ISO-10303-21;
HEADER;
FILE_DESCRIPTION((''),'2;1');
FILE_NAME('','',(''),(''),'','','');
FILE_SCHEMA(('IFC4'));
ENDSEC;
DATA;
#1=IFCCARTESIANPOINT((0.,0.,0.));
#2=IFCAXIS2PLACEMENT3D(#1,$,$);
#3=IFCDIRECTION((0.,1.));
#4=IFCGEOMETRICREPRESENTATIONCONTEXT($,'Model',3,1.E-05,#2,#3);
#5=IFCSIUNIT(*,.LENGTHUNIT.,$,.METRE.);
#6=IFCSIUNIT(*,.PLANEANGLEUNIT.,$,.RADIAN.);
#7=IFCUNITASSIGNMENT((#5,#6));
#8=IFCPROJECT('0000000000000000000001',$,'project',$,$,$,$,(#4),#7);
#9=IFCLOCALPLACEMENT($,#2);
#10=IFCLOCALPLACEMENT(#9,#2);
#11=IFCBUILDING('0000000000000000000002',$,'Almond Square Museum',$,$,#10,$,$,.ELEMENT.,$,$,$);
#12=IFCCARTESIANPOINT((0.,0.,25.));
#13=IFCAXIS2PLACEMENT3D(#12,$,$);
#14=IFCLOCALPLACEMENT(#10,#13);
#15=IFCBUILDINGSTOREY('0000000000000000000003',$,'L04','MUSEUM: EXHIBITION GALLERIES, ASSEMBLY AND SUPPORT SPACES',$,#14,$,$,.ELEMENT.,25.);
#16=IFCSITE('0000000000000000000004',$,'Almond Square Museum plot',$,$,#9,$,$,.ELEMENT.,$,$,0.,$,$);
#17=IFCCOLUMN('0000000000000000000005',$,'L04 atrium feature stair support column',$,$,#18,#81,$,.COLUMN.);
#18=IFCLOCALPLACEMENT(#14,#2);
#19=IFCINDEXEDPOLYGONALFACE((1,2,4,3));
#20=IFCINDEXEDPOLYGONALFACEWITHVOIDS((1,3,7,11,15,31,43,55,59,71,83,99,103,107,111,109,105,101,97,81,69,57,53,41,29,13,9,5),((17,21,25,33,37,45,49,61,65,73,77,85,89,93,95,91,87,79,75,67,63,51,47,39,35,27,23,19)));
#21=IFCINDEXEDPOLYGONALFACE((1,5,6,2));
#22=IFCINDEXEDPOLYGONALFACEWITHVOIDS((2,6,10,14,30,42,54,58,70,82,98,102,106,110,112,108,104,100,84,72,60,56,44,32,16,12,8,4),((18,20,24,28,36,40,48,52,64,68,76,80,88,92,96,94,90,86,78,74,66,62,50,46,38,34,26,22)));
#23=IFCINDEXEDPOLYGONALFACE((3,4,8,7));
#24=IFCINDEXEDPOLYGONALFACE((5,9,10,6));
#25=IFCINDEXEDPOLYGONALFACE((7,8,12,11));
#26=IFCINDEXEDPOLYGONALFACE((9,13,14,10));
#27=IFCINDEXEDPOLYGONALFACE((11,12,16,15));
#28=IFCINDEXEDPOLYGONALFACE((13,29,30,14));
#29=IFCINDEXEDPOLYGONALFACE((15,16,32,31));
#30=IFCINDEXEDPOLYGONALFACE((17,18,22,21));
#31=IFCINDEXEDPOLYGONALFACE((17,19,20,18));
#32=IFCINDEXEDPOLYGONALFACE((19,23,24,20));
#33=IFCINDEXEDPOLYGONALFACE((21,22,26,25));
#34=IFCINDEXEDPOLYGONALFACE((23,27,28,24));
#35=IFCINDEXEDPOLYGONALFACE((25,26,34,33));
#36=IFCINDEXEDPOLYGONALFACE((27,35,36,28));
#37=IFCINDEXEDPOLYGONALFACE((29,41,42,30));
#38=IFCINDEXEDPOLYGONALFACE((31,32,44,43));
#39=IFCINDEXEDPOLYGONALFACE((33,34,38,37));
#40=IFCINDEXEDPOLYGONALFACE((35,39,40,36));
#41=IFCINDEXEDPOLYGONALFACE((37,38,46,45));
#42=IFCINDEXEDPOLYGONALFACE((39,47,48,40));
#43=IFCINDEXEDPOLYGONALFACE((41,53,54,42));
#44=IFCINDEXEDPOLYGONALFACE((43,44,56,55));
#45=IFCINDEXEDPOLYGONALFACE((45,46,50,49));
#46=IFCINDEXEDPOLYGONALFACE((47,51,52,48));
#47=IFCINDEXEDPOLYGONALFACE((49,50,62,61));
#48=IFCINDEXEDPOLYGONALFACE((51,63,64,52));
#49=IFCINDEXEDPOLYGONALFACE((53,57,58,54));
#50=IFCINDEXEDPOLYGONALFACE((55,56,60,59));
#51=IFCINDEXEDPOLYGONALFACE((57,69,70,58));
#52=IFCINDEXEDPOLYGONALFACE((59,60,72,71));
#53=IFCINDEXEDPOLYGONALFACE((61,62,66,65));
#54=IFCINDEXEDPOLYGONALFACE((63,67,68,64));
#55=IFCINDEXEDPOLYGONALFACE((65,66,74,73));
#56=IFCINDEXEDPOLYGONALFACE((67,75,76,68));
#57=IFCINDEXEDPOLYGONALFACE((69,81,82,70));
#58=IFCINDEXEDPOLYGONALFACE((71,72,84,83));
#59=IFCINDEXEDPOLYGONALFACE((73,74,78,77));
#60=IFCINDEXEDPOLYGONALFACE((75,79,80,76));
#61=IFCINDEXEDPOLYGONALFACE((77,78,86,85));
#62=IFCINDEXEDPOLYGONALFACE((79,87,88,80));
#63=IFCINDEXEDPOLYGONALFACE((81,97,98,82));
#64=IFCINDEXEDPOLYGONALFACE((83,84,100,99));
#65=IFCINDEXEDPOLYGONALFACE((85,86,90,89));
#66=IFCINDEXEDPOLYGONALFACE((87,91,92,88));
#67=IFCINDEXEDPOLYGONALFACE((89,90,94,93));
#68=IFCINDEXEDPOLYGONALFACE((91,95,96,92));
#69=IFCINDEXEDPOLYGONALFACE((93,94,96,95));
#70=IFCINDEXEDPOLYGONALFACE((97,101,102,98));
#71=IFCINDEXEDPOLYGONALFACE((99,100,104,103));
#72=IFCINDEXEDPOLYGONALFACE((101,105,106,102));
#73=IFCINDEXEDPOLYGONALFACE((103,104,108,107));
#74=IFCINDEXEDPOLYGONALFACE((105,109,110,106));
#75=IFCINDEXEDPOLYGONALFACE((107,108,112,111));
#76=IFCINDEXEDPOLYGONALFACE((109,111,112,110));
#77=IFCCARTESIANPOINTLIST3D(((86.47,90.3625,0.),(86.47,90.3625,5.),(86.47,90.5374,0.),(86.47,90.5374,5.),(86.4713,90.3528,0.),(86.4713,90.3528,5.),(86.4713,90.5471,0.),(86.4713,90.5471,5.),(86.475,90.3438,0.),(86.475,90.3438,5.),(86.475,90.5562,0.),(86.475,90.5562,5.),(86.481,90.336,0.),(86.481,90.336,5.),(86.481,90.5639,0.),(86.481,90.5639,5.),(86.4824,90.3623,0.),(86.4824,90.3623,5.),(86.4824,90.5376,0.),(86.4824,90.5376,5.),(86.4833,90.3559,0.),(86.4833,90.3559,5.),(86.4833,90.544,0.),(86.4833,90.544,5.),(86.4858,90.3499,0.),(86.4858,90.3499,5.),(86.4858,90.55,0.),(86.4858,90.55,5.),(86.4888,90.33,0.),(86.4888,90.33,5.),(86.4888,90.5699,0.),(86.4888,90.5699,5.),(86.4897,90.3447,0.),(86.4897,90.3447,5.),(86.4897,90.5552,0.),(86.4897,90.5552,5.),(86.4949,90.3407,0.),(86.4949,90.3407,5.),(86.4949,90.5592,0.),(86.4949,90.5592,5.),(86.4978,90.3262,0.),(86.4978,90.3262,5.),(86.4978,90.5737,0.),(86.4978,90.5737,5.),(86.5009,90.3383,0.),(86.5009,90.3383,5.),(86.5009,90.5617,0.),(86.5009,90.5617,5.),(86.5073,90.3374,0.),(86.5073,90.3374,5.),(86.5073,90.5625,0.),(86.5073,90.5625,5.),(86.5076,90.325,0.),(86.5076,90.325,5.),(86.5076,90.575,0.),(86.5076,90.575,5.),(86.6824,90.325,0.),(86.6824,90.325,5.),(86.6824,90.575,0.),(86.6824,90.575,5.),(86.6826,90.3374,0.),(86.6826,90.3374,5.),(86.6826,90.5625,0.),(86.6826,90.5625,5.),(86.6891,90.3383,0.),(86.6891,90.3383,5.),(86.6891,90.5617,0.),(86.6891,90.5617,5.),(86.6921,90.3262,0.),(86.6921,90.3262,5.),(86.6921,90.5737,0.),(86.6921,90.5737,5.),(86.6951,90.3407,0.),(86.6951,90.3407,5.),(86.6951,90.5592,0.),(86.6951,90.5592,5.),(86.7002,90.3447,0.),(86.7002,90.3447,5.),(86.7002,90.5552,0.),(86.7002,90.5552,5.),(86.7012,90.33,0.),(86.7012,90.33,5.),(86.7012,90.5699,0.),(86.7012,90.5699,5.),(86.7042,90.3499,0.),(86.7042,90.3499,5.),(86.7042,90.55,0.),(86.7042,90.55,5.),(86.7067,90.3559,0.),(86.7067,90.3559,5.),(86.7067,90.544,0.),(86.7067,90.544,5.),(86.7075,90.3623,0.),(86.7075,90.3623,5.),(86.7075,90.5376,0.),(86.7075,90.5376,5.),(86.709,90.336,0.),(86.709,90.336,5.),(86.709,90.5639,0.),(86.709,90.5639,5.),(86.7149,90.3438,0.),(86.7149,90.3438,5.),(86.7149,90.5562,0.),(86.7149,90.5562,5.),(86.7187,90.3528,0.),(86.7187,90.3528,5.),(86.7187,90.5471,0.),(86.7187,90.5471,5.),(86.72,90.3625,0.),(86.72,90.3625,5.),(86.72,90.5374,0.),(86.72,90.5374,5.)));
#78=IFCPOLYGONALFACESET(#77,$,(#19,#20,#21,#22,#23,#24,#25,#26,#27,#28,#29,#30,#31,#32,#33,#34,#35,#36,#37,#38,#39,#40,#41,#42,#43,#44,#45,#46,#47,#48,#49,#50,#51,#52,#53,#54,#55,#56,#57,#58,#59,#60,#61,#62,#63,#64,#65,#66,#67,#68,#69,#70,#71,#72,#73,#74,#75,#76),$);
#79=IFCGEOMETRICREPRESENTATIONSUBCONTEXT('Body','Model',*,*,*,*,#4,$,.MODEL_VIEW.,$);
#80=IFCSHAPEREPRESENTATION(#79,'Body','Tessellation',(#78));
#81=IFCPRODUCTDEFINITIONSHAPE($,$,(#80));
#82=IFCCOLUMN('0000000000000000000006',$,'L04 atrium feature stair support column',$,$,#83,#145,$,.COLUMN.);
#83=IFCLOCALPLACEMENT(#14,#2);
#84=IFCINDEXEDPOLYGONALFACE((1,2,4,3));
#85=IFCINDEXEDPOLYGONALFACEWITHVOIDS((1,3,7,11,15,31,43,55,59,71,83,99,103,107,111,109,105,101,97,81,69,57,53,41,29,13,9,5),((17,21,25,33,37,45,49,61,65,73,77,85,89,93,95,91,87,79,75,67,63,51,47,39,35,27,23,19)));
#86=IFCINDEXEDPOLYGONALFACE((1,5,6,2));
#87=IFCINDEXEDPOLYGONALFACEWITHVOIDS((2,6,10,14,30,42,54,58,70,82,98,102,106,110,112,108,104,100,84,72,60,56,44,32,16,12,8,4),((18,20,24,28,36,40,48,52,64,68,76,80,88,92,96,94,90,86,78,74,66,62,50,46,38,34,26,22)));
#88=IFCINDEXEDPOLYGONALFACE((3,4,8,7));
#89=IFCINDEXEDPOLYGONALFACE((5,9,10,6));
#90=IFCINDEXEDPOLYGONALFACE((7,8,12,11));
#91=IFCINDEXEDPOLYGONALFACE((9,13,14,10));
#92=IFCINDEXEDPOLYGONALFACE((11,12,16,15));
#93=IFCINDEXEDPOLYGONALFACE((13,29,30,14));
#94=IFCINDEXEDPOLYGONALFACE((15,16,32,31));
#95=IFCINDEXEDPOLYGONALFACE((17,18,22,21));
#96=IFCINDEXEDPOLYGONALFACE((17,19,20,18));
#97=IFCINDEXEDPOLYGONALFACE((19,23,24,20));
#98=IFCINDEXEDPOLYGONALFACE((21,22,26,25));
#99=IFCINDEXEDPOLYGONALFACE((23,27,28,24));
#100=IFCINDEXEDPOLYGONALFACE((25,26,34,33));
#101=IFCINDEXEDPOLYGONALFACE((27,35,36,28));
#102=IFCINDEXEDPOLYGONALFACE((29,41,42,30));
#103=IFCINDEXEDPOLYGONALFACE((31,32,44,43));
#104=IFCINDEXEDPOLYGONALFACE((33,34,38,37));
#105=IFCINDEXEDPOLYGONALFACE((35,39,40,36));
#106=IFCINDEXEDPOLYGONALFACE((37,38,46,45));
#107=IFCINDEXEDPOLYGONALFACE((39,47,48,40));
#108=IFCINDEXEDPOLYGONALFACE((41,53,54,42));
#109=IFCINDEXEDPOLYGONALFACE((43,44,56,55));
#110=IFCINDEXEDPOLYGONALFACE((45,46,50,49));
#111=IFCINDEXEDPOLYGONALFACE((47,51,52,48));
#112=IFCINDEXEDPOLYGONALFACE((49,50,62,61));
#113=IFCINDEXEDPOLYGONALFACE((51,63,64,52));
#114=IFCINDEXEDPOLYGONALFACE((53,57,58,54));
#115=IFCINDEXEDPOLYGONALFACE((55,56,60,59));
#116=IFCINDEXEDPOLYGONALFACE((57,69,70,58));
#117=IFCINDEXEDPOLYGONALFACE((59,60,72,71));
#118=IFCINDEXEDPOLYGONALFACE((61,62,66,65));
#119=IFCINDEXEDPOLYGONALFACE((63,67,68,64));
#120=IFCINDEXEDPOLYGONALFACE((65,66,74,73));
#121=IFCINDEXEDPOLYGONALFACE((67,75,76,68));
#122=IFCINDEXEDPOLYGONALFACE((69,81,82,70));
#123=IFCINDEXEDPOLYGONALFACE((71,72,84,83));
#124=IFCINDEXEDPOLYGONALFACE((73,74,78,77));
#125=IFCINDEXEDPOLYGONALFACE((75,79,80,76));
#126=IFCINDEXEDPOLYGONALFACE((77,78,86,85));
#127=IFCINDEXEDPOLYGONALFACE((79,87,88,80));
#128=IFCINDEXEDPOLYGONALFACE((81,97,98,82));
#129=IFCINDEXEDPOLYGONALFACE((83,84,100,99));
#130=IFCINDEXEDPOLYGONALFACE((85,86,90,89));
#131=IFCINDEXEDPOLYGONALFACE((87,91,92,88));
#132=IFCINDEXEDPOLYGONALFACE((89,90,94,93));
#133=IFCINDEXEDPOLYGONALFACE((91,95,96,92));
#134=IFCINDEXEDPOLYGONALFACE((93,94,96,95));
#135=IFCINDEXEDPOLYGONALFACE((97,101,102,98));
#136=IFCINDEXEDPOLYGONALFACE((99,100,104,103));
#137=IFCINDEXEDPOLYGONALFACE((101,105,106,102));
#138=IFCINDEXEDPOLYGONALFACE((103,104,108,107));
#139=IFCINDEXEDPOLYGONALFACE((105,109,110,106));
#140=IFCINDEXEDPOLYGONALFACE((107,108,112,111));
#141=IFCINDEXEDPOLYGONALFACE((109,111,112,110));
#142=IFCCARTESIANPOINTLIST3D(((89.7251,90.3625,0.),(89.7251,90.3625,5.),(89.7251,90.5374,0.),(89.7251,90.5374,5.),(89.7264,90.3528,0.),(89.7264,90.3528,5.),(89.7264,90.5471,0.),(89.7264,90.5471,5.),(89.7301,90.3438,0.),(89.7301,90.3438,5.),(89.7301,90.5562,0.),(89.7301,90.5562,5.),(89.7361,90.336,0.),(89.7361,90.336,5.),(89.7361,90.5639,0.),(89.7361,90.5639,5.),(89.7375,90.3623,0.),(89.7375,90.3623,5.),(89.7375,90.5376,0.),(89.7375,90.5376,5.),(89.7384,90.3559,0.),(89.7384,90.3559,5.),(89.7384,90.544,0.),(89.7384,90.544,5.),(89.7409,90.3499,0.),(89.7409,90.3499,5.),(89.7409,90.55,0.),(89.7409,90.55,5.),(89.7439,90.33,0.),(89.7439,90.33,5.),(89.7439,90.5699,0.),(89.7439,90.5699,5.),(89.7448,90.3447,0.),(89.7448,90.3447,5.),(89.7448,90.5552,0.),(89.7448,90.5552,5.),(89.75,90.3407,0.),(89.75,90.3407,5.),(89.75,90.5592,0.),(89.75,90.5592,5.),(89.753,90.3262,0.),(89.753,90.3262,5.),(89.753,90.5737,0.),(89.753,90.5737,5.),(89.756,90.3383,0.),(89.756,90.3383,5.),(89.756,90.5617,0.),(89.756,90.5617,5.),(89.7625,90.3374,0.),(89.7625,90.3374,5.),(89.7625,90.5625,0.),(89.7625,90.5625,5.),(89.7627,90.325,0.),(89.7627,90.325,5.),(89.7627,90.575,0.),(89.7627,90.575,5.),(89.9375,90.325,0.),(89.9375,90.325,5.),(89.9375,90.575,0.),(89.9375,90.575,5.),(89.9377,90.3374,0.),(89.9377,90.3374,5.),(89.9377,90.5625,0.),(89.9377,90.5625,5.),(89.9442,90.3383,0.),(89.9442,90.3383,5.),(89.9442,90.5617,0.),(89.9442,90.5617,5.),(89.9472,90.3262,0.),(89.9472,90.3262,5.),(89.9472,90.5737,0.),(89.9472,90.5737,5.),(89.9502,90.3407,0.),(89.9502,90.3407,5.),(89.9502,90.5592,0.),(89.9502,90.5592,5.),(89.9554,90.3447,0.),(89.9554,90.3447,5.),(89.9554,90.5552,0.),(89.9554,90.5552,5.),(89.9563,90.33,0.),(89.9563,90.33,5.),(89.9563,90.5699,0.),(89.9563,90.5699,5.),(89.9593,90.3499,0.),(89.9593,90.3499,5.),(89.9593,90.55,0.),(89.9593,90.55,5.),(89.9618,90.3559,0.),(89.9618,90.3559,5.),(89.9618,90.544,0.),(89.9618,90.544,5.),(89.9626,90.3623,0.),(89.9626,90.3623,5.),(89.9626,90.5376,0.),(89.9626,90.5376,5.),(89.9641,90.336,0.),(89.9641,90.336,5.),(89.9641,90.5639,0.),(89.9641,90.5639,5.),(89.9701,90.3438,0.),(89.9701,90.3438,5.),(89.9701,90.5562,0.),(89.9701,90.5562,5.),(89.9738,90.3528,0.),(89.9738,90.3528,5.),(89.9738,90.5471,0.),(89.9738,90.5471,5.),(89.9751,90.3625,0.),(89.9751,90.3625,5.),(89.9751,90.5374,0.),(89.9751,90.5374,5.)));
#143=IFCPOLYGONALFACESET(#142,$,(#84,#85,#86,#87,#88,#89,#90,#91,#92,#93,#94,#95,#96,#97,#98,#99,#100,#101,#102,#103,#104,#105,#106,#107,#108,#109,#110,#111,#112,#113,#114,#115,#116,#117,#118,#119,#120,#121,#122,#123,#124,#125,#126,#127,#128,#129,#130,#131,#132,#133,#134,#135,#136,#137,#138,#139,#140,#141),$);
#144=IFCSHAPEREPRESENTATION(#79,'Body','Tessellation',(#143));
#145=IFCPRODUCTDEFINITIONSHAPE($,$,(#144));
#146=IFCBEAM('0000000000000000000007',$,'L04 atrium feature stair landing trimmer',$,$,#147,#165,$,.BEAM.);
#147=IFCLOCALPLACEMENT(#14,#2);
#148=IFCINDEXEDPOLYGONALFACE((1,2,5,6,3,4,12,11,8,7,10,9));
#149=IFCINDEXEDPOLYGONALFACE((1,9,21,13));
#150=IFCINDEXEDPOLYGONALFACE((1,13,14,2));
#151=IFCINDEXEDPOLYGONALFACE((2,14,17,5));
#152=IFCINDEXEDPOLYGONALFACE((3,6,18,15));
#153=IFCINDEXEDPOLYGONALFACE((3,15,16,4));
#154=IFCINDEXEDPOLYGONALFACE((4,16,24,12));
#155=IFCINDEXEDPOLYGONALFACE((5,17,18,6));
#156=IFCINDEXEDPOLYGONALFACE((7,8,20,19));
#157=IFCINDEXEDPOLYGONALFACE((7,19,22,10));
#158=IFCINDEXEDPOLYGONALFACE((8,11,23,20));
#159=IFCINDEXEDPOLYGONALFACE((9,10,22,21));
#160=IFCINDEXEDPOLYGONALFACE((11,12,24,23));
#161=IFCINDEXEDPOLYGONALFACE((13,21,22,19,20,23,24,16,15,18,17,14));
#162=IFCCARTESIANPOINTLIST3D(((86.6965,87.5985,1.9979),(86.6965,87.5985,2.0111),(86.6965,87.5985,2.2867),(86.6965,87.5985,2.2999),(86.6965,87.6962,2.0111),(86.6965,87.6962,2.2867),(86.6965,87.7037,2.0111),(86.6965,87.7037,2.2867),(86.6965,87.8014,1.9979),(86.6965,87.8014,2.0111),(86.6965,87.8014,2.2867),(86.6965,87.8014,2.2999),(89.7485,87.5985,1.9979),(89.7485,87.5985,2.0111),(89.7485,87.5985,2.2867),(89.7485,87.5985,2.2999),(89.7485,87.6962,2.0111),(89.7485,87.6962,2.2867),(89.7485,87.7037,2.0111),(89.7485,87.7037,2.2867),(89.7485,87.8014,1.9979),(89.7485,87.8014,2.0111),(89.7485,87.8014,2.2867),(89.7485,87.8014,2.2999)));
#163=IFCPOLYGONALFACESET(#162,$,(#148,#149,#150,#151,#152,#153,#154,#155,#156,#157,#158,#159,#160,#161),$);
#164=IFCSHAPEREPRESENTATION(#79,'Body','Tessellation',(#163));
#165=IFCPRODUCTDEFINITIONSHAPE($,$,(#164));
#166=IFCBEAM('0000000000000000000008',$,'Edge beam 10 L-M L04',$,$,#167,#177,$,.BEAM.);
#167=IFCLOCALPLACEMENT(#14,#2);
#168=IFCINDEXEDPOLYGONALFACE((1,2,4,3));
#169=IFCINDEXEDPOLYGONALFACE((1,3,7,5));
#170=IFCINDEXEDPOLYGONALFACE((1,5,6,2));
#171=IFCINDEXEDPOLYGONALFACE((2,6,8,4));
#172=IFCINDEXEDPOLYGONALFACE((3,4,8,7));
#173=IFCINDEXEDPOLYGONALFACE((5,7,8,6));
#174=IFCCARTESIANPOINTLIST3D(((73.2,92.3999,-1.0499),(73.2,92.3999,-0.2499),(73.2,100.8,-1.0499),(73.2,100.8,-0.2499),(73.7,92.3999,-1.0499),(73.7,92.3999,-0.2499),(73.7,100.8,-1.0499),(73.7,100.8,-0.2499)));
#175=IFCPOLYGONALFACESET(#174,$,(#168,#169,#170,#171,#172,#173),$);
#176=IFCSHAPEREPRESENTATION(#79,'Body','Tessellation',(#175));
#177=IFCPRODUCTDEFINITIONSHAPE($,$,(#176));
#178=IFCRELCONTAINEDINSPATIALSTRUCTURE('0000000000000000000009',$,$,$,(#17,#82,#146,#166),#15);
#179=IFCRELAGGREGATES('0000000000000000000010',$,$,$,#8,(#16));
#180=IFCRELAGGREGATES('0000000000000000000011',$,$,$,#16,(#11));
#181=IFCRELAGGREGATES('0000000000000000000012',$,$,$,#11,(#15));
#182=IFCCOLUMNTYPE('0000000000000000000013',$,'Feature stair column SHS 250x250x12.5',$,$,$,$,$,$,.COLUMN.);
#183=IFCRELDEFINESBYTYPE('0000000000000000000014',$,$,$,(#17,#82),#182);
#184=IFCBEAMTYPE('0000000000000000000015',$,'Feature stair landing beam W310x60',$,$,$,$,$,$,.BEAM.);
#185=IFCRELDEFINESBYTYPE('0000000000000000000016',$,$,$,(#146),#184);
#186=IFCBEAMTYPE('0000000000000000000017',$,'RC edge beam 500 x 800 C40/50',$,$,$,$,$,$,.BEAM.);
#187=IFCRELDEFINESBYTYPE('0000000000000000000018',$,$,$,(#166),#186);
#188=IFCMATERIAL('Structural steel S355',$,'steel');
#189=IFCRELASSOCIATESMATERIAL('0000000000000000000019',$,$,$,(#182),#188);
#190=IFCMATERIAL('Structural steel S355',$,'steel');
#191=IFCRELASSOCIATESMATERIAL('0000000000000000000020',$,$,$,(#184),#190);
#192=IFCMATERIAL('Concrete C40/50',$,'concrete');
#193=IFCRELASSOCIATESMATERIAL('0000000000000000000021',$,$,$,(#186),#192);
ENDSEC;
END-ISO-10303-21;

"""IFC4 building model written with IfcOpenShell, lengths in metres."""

from ifc_helpers import new_model, si_unit, direction, frame, origin, origin_2d, place, context, subcontext, project, spatial, rectangle, hollow_rectangle, i_section, extrude, material, material_profile, profile_set, type_object, element, save


model = new_model("IFC4")

# Units and contexts
model_context = context("Model", 3, precision=1e-05, world=origin(), true_north=direction((0.0, 1.0)))
body_context = subcontext(model_context, "Body", "Model", "MODEL_VIEW")
ifc_project = project(units=[si_unit("LENGTHUNIT", "METRE"), si_unit("PLANEANGLEUNIT", "RADIAN")], contexts=[model_context])

# Site, building, storey
site_placement = place(None, origin())
site = spatial("IfcSite", under=ifc_project, at=site_placement, Name="Almond Square Museum plot", CompositionType="ELEMENT", RefElevation=0.0)
building_placement = place(site_placement, origin())
building = spatial("IfcBuilding", under=site, at=building_placement, Name="Almond Square Museum", CompositionType="ELEMENT")
storey_placement = place(building_placement, frame((0.0, 0.0, 25.0)))
storey = spatial("IfcBuildingStorey", under=building, at=storey_placement, Name="L04", Description="MUSEUM: EXHIBITION GALLERIES, ASSEMBLY AND SUPPORT SPACES", CompositionType="ELEMENT", Elevation=25.0)

# Columns
ifc_material_1 = material(Name="Structural steel S355", Category="steel")
ifc_material_profile_1 = material_profile(ifc_material_1, hollow_rectangle(XDim=0.25, YDim=0.25, WallThickness=0.0125, InnerFilletRadius=0.0249, OuterFilletRadius=0.0376, at=origin_2d()))
ifc_profile_set_1 = profile_set([ifc_material_profile_1], Name="Structural steel S355")
column_type = type_object("IfcColumnType", Name="Feature stair column SHS 250x250x12.5", PredefinedType="COLUMN", material=ifc_profile_set_1)
for number, where, z_axis, x_axis, name in (
    (1, (86.595, 90.45, 0.0), (0.0, 0.0, 1.0), (1.0, 0.0, 0.0), "L04 atrium feature stair support column"),
    (2, (89.8501, 90.45, 0.0), (0.0, 0.0, 1.0), (1.0, 0.0, 0.0), "L04 atrium feature stair support column"),
):
    element("IfcColumn", number, at=place(storey_placement, frame(where, z_axis=z_axis, x_axis=x_axis)), inside=storey, type_object=column_type, Name=name, PredefinedType="COLUMN", context=body_context, shape_type="SweptSolid", body=[
        extrude(hollow_rectangle(XDim=0.25, YDim=0.25, WallThickness=0.0125, InnerFilletRadius=0.0249, OuterFilletRadius=0.0376, at=origin_2d()), origin(), (0.0, 0.0, 1.0), 5.0),
    ])

# Beams
ifc_material_2 = material(Name="Structural steel S355", Category="steel")
ifc_material_profile_2 = material_profile(ifc_material_2, i_section(OverallWidth=0.2029, OverallDepth=0.302, WebThickness=0.0076, FlangeThickness=0.0132, at=origin_2d()))
ifc_profile_set_2 = profile_set([ifc_material_profile_2], Name="Structural steel S355")
beam_type_1 = type_object("IfcBeamType", Name="Feature stair landing beam W310x60", PredefinedType="BEAM", material=ifc_profile_set_2)
beam_1_placement = place(storey_placement, frame((86.6965, 87.7, 2.1489), z_axis=(1.0, 0.0, 0.0), x_axis=(0.0, 1.0, 0.0)))
element("IfcBeam", 3, at=beam_1_placement, inside=storey, type_object=beam_type_1, Name="L04 atrium feature stair landing trimmer", PredefinedType="BEAM", context=body_context, shape_type="SweptSolid", body=[
    extrude(i_section(OverallWidth=0.2029, OverallDepth=0.302, WebThickness=0.0076, FlangeThickness=0.0132, at=origin_2d()), origin(), (0.0, 0.0, 1.0), 3.052),
])
ifc_material_3 = material(Name="Concrete C40/50", Category="concrete")
ifc_material_profile_3 = material_profile(ifc_material_3, rectangle(XDim=0.5, YDim=0.8, at=origin_2d()))
ifc_profile_set_3 = profile_set([ifc_material_profile_3], Name="Concrete C40/50")
beam_type_2 = type_object("IfcBeamType", Name="RC edge beam 500 x 800 C40/50", PredefinedType="BEAM", material=ifc_profile_set_3)
beam_2_placement = place(storey_placement, frame((73.45, 92.3999, -0.6499), z_axis=(0.0, 1.0, 0.0), x_axis=(-1.0, 0.0, 0.0)))
element("IfcBeam", 4, at=beam_2_placement, inside=storey, type_object=beam_type_2, Name="Edge beam 10 L-M L04", PredefinedType="BEAM", context=body_context, shape_type="SweptSolid", body=[
    extrude(rectangle(XDim=0.5, YDim=0.8, at=origin_2d()), origin(), (0.0, 0.0, 1.0), 8.4001),
])

save(model, "model.ifc")
